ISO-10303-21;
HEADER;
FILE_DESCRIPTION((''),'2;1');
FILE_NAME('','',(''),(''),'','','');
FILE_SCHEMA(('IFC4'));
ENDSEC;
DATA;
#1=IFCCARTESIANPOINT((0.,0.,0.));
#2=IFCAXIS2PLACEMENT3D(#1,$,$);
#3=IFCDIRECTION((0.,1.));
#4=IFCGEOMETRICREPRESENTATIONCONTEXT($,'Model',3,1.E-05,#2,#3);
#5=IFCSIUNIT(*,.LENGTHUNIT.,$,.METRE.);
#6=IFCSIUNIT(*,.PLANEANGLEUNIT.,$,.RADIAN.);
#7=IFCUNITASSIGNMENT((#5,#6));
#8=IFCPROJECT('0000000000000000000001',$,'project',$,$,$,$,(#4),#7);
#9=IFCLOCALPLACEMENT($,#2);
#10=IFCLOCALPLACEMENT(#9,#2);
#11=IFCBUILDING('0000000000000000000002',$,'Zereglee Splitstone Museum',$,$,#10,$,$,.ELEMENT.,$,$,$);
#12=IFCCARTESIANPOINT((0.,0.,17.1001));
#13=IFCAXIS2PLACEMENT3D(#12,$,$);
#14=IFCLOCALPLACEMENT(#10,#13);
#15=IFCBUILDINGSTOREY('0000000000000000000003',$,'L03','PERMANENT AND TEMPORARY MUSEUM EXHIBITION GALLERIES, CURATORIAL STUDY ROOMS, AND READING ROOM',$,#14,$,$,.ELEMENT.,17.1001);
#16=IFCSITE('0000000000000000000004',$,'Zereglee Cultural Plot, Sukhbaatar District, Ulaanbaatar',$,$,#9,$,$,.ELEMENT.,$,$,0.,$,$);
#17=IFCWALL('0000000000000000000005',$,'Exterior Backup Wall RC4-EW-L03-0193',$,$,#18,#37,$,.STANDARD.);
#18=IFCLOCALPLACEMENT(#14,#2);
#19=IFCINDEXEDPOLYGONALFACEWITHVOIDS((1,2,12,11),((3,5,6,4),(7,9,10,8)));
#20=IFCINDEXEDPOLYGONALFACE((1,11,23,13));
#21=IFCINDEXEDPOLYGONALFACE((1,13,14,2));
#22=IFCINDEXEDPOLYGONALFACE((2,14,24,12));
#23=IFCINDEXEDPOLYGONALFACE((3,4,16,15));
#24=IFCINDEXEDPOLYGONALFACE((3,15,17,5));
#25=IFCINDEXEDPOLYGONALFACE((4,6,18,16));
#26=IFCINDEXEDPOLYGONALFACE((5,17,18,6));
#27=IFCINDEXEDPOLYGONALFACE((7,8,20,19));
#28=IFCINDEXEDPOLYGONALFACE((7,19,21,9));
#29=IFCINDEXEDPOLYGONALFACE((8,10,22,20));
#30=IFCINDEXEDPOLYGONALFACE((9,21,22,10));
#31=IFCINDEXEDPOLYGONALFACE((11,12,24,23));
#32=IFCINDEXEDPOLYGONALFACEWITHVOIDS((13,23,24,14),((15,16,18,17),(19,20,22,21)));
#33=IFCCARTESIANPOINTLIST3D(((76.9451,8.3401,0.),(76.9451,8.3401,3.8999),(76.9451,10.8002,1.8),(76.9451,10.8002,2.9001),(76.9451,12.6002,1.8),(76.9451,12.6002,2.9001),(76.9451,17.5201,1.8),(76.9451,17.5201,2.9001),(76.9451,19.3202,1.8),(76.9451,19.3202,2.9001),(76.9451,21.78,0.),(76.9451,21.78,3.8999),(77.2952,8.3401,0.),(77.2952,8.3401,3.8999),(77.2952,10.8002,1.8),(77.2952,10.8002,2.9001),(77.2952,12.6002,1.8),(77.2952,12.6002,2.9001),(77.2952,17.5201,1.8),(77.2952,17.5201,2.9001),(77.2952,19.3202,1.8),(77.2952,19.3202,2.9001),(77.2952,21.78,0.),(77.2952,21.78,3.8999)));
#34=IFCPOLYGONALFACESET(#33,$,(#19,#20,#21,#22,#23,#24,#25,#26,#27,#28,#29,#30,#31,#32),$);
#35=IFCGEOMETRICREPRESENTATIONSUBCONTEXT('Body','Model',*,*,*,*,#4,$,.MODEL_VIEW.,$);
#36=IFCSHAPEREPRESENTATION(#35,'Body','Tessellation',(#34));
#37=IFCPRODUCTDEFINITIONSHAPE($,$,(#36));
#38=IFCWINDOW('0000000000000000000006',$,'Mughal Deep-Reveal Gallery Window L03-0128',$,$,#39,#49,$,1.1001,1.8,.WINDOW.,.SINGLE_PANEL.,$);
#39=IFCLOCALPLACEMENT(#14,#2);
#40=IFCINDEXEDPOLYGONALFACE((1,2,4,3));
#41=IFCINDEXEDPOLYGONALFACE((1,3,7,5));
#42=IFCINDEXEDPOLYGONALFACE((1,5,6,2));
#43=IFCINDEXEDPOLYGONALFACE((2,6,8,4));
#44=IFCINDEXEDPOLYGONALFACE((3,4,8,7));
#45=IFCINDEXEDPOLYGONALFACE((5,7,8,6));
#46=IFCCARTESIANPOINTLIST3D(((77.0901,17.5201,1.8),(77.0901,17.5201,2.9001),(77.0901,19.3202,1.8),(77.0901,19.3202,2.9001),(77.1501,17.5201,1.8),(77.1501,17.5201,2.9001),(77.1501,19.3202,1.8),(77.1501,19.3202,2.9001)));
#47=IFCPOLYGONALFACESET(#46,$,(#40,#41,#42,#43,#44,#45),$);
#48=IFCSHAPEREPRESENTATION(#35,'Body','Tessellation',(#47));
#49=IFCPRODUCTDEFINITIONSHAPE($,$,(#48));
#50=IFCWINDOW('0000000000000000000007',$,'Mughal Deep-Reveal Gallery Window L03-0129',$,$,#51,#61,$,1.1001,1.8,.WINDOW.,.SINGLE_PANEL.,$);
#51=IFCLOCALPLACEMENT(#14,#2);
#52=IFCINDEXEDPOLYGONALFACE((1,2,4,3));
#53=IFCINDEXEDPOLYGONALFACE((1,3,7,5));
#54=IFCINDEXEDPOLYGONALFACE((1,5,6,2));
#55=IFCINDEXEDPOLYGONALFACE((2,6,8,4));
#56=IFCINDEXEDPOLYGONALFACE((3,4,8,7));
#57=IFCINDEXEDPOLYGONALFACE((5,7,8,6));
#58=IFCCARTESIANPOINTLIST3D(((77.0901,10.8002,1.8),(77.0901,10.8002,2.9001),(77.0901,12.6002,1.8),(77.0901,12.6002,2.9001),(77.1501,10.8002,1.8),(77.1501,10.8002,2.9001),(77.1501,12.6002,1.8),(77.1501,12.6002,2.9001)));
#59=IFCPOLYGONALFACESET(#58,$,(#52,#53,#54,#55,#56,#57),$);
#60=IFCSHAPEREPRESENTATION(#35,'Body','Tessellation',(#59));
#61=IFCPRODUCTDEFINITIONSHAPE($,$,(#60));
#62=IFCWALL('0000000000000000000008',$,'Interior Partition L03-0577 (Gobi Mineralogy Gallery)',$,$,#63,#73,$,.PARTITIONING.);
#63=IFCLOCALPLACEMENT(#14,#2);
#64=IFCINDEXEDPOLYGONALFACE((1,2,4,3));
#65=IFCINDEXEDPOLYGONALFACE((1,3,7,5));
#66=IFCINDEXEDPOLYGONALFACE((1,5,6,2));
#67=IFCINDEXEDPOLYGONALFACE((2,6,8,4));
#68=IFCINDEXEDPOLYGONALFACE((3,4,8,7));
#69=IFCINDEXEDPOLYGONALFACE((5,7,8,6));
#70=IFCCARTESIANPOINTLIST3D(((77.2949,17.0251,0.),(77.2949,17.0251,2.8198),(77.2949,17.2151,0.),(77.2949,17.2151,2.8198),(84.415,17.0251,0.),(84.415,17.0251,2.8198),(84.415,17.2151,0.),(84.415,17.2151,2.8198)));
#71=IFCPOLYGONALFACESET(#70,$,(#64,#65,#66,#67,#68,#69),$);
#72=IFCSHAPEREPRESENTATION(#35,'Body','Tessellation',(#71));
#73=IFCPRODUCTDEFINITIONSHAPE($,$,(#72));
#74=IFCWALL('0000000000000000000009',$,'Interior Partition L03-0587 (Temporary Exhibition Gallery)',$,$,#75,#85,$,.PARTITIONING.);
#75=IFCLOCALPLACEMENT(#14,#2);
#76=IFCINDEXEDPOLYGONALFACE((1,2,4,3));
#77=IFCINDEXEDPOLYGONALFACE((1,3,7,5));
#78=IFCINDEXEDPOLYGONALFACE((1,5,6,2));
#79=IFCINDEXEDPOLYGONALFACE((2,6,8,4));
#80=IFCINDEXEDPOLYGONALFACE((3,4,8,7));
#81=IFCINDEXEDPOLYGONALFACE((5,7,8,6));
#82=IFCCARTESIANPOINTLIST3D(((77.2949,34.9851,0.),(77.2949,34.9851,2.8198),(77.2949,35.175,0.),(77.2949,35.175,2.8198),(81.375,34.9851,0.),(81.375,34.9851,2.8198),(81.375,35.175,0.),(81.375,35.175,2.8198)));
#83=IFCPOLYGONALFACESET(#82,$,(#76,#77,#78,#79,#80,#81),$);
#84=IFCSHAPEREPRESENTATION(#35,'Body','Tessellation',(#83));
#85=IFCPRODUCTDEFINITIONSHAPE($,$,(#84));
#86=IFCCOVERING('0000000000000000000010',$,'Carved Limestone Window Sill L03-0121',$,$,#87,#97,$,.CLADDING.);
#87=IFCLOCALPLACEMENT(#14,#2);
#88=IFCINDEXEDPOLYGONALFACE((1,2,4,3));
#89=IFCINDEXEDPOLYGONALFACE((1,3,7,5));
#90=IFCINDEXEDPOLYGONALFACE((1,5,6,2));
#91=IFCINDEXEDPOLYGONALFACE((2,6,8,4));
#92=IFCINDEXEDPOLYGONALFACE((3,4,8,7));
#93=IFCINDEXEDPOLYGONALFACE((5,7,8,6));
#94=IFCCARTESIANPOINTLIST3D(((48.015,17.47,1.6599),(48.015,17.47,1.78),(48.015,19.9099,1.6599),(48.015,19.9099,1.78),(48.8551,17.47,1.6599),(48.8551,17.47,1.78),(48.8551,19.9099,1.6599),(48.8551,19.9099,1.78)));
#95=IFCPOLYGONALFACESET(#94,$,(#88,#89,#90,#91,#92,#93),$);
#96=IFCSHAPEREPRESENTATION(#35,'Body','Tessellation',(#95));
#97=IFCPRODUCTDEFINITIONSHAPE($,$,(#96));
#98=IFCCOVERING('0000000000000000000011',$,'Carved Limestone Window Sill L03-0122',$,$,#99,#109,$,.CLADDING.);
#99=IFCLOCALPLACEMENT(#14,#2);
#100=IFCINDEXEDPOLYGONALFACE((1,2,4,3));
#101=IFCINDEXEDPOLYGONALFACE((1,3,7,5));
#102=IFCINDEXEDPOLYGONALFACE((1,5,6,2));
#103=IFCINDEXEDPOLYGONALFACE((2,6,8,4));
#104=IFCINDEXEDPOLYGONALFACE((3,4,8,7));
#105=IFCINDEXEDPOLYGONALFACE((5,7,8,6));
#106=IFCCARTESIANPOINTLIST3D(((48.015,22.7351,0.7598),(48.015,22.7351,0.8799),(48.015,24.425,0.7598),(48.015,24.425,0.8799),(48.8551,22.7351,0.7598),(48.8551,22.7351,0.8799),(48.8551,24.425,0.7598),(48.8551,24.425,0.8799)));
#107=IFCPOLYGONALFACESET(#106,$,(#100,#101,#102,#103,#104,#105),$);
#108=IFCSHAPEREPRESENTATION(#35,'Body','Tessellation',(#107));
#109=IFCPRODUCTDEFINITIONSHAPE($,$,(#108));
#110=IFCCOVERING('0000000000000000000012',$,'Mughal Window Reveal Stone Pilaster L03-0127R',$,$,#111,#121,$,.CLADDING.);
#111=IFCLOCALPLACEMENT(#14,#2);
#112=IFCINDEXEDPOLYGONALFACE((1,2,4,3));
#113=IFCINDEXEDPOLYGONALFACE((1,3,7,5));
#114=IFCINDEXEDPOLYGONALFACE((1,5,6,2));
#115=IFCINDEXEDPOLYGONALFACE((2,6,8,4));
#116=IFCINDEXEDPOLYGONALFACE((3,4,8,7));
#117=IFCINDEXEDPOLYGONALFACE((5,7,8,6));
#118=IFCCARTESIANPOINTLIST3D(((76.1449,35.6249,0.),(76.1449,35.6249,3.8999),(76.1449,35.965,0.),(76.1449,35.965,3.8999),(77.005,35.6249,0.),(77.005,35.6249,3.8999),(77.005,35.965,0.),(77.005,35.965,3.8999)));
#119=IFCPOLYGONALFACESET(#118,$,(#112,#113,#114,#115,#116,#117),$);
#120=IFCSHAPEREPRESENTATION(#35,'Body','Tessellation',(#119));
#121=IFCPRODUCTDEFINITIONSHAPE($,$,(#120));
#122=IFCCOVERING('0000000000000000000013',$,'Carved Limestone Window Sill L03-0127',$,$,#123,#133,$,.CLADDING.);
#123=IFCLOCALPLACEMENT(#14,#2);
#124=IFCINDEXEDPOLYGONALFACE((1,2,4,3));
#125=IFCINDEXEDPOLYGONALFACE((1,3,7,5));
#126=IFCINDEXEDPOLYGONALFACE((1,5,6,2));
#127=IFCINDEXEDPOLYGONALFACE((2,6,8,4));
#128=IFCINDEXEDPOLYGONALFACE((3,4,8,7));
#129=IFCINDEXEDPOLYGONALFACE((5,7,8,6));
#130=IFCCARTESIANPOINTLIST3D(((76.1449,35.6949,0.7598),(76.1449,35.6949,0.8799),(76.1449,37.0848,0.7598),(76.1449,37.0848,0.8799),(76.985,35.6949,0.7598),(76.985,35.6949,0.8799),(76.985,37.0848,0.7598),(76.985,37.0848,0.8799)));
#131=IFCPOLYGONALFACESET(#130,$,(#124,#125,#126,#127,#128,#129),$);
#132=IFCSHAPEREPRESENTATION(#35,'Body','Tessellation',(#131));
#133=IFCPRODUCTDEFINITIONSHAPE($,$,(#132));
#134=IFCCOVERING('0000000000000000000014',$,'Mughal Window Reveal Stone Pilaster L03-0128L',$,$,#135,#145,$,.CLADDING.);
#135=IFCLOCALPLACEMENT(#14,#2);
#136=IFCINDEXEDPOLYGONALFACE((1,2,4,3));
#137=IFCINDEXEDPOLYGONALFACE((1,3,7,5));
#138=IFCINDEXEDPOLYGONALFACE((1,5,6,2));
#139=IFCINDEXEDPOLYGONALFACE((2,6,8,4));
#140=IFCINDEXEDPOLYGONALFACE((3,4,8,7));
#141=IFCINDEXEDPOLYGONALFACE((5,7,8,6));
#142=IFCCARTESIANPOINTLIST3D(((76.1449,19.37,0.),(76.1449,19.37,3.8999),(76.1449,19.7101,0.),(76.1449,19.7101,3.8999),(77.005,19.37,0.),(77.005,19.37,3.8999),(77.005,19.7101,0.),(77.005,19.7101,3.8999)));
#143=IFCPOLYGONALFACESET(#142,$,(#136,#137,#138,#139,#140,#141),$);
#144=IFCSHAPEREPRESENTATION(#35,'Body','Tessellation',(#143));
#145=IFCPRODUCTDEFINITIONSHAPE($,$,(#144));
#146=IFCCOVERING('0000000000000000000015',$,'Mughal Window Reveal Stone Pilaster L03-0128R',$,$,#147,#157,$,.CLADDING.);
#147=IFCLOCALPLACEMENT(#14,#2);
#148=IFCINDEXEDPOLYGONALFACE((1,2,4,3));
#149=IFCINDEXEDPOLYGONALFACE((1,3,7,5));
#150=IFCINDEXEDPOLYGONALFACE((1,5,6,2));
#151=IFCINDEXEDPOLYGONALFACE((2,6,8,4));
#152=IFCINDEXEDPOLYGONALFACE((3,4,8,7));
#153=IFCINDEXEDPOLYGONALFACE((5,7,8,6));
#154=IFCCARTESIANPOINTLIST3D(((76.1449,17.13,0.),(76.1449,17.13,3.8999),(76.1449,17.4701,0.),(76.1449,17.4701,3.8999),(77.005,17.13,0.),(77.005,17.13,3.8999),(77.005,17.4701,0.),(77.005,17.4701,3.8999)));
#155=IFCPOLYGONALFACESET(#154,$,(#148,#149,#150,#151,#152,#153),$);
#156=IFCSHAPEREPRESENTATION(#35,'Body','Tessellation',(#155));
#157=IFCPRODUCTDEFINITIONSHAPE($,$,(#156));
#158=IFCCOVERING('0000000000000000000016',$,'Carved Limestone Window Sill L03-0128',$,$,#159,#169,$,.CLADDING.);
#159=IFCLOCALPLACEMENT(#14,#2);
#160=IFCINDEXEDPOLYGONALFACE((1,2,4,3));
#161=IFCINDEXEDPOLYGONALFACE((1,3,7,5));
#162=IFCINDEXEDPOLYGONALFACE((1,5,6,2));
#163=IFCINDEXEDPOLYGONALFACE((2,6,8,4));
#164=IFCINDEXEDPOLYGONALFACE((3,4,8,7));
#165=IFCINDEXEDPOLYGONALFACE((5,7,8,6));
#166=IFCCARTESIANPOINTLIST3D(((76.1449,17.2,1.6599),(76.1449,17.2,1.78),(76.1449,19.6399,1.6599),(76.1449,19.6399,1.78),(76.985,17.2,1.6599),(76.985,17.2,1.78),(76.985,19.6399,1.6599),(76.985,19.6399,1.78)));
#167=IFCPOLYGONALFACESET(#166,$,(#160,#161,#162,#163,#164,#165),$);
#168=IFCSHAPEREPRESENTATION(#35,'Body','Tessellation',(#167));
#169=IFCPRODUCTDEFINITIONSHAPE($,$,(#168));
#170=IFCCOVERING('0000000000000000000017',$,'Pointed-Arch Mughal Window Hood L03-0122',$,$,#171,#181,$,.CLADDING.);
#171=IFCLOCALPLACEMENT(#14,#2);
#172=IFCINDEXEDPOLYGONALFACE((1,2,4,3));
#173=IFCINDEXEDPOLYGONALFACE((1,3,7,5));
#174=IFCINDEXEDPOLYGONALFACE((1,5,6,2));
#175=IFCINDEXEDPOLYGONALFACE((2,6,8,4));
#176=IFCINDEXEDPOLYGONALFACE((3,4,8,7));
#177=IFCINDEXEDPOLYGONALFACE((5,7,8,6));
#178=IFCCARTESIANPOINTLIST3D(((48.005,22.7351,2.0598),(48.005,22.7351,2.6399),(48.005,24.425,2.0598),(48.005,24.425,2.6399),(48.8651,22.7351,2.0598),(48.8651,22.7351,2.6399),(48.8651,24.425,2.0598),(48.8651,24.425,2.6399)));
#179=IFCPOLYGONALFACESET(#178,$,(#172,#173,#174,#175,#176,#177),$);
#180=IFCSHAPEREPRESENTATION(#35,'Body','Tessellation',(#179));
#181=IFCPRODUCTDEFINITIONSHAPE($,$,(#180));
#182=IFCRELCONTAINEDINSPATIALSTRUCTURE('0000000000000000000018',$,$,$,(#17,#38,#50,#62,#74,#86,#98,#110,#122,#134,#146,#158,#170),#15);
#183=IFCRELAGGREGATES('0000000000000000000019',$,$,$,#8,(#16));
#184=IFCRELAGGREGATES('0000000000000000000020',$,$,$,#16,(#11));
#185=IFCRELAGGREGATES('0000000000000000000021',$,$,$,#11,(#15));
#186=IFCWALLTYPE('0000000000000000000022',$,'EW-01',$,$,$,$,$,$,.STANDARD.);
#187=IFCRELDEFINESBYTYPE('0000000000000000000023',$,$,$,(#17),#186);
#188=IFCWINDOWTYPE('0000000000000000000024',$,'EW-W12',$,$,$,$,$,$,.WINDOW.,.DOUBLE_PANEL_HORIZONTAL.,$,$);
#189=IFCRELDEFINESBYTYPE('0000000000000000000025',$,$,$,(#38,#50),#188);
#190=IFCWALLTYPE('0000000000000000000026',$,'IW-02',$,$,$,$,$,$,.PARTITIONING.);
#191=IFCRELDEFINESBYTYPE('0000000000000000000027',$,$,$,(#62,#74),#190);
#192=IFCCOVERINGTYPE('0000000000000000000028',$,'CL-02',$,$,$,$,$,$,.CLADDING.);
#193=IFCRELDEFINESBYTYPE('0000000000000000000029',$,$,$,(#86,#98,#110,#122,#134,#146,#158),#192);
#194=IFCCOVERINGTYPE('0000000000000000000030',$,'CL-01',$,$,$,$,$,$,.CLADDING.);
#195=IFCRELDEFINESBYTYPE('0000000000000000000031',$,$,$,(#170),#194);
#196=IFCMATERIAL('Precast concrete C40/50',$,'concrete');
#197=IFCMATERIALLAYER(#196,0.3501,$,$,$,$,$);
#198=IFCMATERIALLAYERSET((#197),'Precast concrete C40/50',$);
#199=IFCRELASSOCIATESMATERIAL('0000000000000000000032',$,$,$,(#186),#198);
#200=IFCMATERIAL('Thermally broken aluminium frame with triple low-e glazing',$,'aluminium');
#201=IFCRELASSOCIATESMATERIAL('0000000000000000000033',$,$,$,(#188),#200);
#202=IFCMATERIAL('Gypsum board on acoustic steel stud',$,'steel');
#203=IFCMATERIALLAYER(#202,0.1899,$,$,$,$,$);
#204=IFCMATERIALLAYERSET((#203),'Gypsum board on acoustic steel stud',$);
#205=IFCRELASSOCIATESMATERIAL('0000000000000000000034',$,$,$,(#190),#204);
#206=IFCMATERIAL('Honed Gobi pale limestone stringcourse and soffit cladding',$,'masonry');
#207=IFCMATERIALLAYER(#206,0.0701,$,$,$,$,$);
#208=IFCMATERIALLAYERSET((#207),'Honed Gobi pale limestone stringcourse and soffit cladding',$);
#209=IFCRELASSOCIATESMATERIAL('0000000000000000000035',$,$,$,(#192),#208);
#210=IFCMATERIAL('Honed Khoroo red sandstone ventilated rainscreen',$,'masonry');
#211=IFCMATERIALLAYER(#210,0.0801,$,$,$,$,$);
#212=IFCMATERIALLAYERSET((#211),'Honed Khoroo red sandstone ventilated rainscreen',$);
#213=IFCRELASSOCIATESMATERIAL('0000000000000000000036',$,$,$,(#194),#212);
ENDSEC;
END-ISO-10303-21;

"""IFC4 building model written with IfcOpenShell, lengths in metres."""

from ifc_helpers import new_model, si_unit, direction, frame, frame_2d, origin, origin_2d, place, context, subcontext, project, spatial, rectangle, extrude, material, layer, layer_set, type_object, element, fill, save


model = new_model("IFC4")

# Units and contexts
model_context = context("Model", 3, precision=1e-05, world=origin(), true_north=direction((0.0, 1.0)))
body_context = subcontext(model_context, "Body", "Model", "MODEL_VIEW")
ifc_project = project(units=[si_unit("LENGTHUNIT", "METRE"), si_unit("PLANEANGLEUNIT", "RADIAN")], contexts=[model_context])

# Site, building, storey
site_placement = place(None, origin())
site = spatial("IfcSite", under=ifc_project, at=site_placement, Name="Zereglee Cultural Plot, Sukhbaatar District, Ulaanbaatar", CompositionType="ELEMENT", RefElevation=0.0)
building_placement = place(site_placement, origin())
building = spatial("IfcBuilding", under=site, at=building_placement, Name="Zereglee Splitstone Museum", CompositionType="ELEMENT")
storey_placement = place(building_placement, frame((0.0, 0.0, 17.1001)))
storey = spatial("IfcBuildingStorey", under=building, at=storey_placement, Name="L03", Description="PERMANENT AND TEMPORARY MUSEUM EXHIBITION GALLERIES, CURATORIAL STUDY ROOMS, AND READING ROOM", CompositionType="ELEMENT", Elevation=17.1001)

# Shared definitions
ifc_material_1 = material(Name="Precast concrete C40/50", Category="concrete")
ifc_layer_1 = layer(ifc_material_1, 0.3501)
ifc_layer_set_1 = layer_set([ifc_layer_1], Name="Precast concrete C40/50")
wall_type_1 = type_object("IfcWallType", Name="EW-01", PredefinedType="STANDARD", material=ifc_layer_set_1)

# Wall, openings, windows
wall_1_placement = place(storey_placement, frame((77.1201, 21.78, 0.0), z_axis=(0.0, 0.0, 1.0), x_axis=(0.0, -1.0, 0.0)))
wall_1 = element("IfcWall", 1, at=wall_1_placement, inside=storey, type_object=wall_type_1, Name="Exterior Backup Wall RC4-EW-L03-0193", PredefinedType="STANDARD", context=body_context, shape_type="SweptSolid", body=[
    extrude(rectangle(XDim=13.4399, YDim=0.3501, at=frame_2d((6.72, 0.0))), origin(), (0.0, 0.0, 1.0), 3.8999),
])
opening_1_placement = place(wall_1_placement, frame((2.46, 0.0, 1.8)))
opening_1 = element("IfcOpeningElement", 2, at=opening_1_placement, cuts=wall_1, PredefinedType="OPENING", context=body_context, shape_type="SweptSolid", body=[
    extrude(rectangle(XDim=1.8, YDim=1.1001, at=frame_2d((0.8999, 0.55))), frame((0.0, 0.1899, 0.0), z_axis=(0.0, -1.0, 0.0), x_axis=(1.0, 0.0, 0.0)), (0.0, 0.0, 1.0), 0.3799),
])
opening_2_placement = place(wall_1_placement, frame((9.1799, 0.0, 1.8)))
opening_2 = element("IfcOpeningElement", 3, at=opening_2_placement, cuts=wall_1, PredefinedType="OPENING", context=body_context, shape_type="SweptSolid", body=[
    extrude(rectangle(XDim=1.8, YDim=1.1001, at=frame_2d((0.8999, 0.55))), frame((0.0, 0.1899, 0.0), z_axis=(0.0, -1.0, 0.0), x_axis=(1.0, 0.0, 0.0)), (0.0, 0.0, 1.0), 0.3799),
])
ifc_material_2 = material(Name="Thermally broken aluminium frame with triple low-e glazing", Category="aluminium")
window_type = type_object("IfcWindowType", Name="EW-W12", PartitioningType="DOUBLE_PANEL_HORIZONTAL", PredefinedType="WINDOW", material=ifc_material_2)
window_1_placement = place(opening_1_placement, origin())
window_1 = element("IfcWindow", 4, at=window_1_placement, inside=storey, type_object=window_type, Name="Mughal Deep-Reveal Gallery Window L03-0128", OverallHeight=1.1001, OverallWidth=1.8, PartitioningType="SINGLE_PANEL", PredefinedType="WINDOW", context=body_context, shape_type="SweptSolid", body=[
    extrude(rectangle(XDim=1.8, YDim=1.1001, at=frame_2d((0.8999, 0.55))), frame((0.0, 0.03, 0.0), z_axis=(0.0, -1.0, 0.0), x_axis=(1.0, 0.0, 0.0)), (0.0, 0.0, 1.0), 0.0601),
])
fill(opening_1, window_1)
window_2_placement = place(opening_2_placement, origin())
window_2 = element("IfcWindow", 5, at=window_2_placement, inside=storey, type_object=window_type, Name="Mughal Deep-Reveal Gallery Window L03-0129", OverallHeight=1.1001, OverallWidth=1.8, PartitioningType="SINGLE_PANEL", PredefinedType="WINDOW", context=body_context, shape_type="SweptSolid", body=[
    extrude(rectangle(XDim=1.8, YDim=1.1001, at=frame_2d((0.8999, 0.55))), frame((0.0, 0.03, 0.0), z_axis=(0.0, -1.0, 0.0), x_axis=(1.0, 0.0, 0.0)), (0.0, 0.0, 1.0), 0.0601),
])
fill(opening_2, window_2)

# Walls
ifc_material_3 = material(Name="Gypsum board on acoustic steel stud", Category="steel")
ifc_layer_2 = layer(ifc_material_3, 0.1899)
ifc_layer_set_2 = layer_set([ifc_layer_2], Name="Gypsum board on acoustic steel stud")
wall_type_2 = type_object("IfcWallType", Name="IW-02", PredefinedType="PARTITIONING", material=ifc_layer_set_2)
wall_2_placement = place(storey_placement, frame((77.2949, 17.1201, 0.0), z_axis=(0.0, 0.0, 1.0), x_axis=(1.0, 0.0, 0.0)))
element("IfcWall", 6, at=wall_2_placement, inside=storey, type_object=wall_type_2, Name="Interior Partition L03-0577 (Gobi Mineralogy Gallery)", PredefinedType="PARTITIONING", context=body_context, shape_type="SweptSolid", body=[
    extrude(rectangle(XDim=7.1201, YDim=0.1899, at=frame_2d((3.5601, 0.0))), origin(), (0.0, 0.0, 1.0), 2.8198),
])
wall_3_placement = place(storey_placement, frame((77.2949, 35.0801, 0.0), z_axis=(0.0, 0.0, 1.0), x_axis=(1.0, 0.0, 0.0)))
element("IfcWall", 7, at=wall_3_placement, inside=storey, type_object=wall_type_2, Name="Interior Partition L03-0587 (Temporary Exhibition Gallery)", PredefinedType="PARTITIONING", context=body_context, shape_type="SweptSolid", body=[
    extrude(rectangle(XDim=4.0801, YDim=0.1899, at=frame_2d((2.04, 0.0))), origin(), (0.0, 0.0, 1.0), 2.8198),
])

# Coverings
ifc_material_4 = material(Name="Honed Gobi pale limestone stringcourse and soffit cladding", Category="masonry")
ifc_layer_3 = layer(ifc_material_4, 0.0701)
ifc_layer_set_3 = layer_set([ifc_layer_3], Name="Honed Gobi pale limestone stringcourse and soffit cladding")
covering_type_1 = type_object("IfcCoveringType", Name="CL-02", PredefinedType="CLADDING", material=ifc_layer_set_3)
covering_1_placement = place(storey_placement, frame((48.4351, 18.6899, 1.6599), z_axis=(0.0, 0.0, 1.0), x_axis=(0.0, 1.0, 0.0)))
element("IfcCovering", 8, at=covering_1_placement, inside=storey, type_object=covering_type_1, Name="Carved Limestone Window Sill L03-0121", PredefinedType="CLADDING", context=body_context, shape_type="SweptSolid", body=[
    extrude(rectangle(XDim=2.4399, YDim=0.8401, at=origin_2d()), origin(), (0.0, 0.0, 1.0), 0.1201),
])
covering_2_placement = place(storey_placement, frame((48.4351, 23.5801, 0.7598), z_axis=(0.0, 0.0, 1.0), x_axis=(0.0, 1.0, 0.0)))
element("IfcCovering", 9, at=covering_2_placement, inside=storey, type_object=covering_type_1, Name="Carved Limestone Window Sill L03-0122", PredefinedType="CLADDING", context=body_context, shape_type="SweptSolid", body=[
    extrude(rectangle(XDim=1.6899, YDim=0.8401, at=origin_2d()), origin(), (0.0, 0.0, 1.0), 0.1201),
])
covering_3_placement = place(storey_placement, frame((76.575, 35.7949, 0.0), z_axis=(0.0, 0.0, 1.0), x_axis=(0.0, -1.0, 0.0)))
element("IfcCovering", 10, at=covering_3_placement, inside=storey, type_object=covering_type_1, Name="Mughal Window Reveal Stone Pilaster L03-0127R", PredefinedType="CLADDING", context=body_context, shape_type="SweptSolid", body=[
    extrude(rectangle(XDim=0.3401, YDim=0.8601, at=origin_2d()), origin(), (0.0, 0.0, 1.0), 3.8999),
])
covering_4_placement = place(storey_placement, frame((76.5649, 36.3899, 0.7598), z_axis=(0.0, 0.0, 1.0), x_axis=(0.0, -1.0, 0.0)))
element("IfcCovering", 11, at=covering_4_placement, inside=storey, type_object=covering_type_1, Name="Carved Limestone Window Sill L03-0127", PredefinedType="CLADDING", context=body_context, shape_type="SweptSolid", body=[
    extrude(rectangle(XDim=1.3899, YDim=0.8401, at=origin_2d()), origin(), (0.0, 0.0, 1.0), 0.1201),
])
for number, where, z_axis, x_axis, name in (
    (12, (76.575, 19.54, 0.0), (0.0, 0.0, 1.0), (0.0, -1.0, 0.0), "Mughal Window Reveal Stone Pilaster L03-0128L"),
    (13, (76.575, 17.3, 0.0), (0.0, 0.0, 1.0), (0.0, -1.0, 0.0), "Mughal Window Reveal Stone Pilaster L03-0128R"),
):
    element("IfcCovering", number, at=place(storey_placement, frame(where, z_axis=z_axis, x_axis=x_axis)), inside=storey, type_object=covering_type_1, Name=name, PredefinedType="CLADDING", context=body_context, shape_type="SweptSolid", body=[
        extrude(rectangle(XDim=0.3401, YDim=0.8601, at=origin_2d()), origin(), (0.0, 0.0, 1.0), 3.8999),
    ])
covering_5_placement = place(storey_placement, frame((76.5649, 18.4199, 1.6599), z_axis=(0.0, 0.0, 1.0), x_axis=(0.0, -1.0, 0.0)))
element("IfcCovering", 14, at=covering_5_placement, inside=storey, type_object=covering_type_1, Name="Carved Limestone Window Sill L03-0128", PredefinedType="CLADDING", context=body_context, shape_type="SweptSolid", body=[
    extrude(rectangle(XDim=2.4399, YDim=0.8401, at=origin_2d()), origin(), (0.0, 0.0, 1.0), 0.1201),
])
ifc_material_5 = material(Name="Honed Khoroo red sandstone ventilated rainscreen", Category="masonry")
ifc_layer_4 = layer(ifc_material_5, 0.0801)
ifc_layer_set_4 = layer_set([ifc_layer_4], Name="Honed Khoroo red sandstone ventilated rainscreen")
covering_type_2 = type_object("IfcCoveringType", Name="CL-01", PredefinedType="CLADDING", material=ifc_layer_set_4)
covering_6_placement = place(storey_placement, frame((48.4351, 23.5801, 2.0598), z_axis=(0.0, 0.0, 1.0), x_axis=(0.0, 1.0, 0.0)))
element("IfcCovering", 15, at=covering_6_placement, inside=storey, type_object=covering_type_2, Name="Pointed-Arch Mughal Window Hood L03-0122", PredefinedType="CLADDING", context=body_context, shape_type="SweptSolid", body=[
    extrude(rectangle(XDim=1.6899, YDim=0.8601, at=origin_2d()), origin(), (0.0, 0.0, 1.0), 0.5801),
])

save(model, "model.ifc")
